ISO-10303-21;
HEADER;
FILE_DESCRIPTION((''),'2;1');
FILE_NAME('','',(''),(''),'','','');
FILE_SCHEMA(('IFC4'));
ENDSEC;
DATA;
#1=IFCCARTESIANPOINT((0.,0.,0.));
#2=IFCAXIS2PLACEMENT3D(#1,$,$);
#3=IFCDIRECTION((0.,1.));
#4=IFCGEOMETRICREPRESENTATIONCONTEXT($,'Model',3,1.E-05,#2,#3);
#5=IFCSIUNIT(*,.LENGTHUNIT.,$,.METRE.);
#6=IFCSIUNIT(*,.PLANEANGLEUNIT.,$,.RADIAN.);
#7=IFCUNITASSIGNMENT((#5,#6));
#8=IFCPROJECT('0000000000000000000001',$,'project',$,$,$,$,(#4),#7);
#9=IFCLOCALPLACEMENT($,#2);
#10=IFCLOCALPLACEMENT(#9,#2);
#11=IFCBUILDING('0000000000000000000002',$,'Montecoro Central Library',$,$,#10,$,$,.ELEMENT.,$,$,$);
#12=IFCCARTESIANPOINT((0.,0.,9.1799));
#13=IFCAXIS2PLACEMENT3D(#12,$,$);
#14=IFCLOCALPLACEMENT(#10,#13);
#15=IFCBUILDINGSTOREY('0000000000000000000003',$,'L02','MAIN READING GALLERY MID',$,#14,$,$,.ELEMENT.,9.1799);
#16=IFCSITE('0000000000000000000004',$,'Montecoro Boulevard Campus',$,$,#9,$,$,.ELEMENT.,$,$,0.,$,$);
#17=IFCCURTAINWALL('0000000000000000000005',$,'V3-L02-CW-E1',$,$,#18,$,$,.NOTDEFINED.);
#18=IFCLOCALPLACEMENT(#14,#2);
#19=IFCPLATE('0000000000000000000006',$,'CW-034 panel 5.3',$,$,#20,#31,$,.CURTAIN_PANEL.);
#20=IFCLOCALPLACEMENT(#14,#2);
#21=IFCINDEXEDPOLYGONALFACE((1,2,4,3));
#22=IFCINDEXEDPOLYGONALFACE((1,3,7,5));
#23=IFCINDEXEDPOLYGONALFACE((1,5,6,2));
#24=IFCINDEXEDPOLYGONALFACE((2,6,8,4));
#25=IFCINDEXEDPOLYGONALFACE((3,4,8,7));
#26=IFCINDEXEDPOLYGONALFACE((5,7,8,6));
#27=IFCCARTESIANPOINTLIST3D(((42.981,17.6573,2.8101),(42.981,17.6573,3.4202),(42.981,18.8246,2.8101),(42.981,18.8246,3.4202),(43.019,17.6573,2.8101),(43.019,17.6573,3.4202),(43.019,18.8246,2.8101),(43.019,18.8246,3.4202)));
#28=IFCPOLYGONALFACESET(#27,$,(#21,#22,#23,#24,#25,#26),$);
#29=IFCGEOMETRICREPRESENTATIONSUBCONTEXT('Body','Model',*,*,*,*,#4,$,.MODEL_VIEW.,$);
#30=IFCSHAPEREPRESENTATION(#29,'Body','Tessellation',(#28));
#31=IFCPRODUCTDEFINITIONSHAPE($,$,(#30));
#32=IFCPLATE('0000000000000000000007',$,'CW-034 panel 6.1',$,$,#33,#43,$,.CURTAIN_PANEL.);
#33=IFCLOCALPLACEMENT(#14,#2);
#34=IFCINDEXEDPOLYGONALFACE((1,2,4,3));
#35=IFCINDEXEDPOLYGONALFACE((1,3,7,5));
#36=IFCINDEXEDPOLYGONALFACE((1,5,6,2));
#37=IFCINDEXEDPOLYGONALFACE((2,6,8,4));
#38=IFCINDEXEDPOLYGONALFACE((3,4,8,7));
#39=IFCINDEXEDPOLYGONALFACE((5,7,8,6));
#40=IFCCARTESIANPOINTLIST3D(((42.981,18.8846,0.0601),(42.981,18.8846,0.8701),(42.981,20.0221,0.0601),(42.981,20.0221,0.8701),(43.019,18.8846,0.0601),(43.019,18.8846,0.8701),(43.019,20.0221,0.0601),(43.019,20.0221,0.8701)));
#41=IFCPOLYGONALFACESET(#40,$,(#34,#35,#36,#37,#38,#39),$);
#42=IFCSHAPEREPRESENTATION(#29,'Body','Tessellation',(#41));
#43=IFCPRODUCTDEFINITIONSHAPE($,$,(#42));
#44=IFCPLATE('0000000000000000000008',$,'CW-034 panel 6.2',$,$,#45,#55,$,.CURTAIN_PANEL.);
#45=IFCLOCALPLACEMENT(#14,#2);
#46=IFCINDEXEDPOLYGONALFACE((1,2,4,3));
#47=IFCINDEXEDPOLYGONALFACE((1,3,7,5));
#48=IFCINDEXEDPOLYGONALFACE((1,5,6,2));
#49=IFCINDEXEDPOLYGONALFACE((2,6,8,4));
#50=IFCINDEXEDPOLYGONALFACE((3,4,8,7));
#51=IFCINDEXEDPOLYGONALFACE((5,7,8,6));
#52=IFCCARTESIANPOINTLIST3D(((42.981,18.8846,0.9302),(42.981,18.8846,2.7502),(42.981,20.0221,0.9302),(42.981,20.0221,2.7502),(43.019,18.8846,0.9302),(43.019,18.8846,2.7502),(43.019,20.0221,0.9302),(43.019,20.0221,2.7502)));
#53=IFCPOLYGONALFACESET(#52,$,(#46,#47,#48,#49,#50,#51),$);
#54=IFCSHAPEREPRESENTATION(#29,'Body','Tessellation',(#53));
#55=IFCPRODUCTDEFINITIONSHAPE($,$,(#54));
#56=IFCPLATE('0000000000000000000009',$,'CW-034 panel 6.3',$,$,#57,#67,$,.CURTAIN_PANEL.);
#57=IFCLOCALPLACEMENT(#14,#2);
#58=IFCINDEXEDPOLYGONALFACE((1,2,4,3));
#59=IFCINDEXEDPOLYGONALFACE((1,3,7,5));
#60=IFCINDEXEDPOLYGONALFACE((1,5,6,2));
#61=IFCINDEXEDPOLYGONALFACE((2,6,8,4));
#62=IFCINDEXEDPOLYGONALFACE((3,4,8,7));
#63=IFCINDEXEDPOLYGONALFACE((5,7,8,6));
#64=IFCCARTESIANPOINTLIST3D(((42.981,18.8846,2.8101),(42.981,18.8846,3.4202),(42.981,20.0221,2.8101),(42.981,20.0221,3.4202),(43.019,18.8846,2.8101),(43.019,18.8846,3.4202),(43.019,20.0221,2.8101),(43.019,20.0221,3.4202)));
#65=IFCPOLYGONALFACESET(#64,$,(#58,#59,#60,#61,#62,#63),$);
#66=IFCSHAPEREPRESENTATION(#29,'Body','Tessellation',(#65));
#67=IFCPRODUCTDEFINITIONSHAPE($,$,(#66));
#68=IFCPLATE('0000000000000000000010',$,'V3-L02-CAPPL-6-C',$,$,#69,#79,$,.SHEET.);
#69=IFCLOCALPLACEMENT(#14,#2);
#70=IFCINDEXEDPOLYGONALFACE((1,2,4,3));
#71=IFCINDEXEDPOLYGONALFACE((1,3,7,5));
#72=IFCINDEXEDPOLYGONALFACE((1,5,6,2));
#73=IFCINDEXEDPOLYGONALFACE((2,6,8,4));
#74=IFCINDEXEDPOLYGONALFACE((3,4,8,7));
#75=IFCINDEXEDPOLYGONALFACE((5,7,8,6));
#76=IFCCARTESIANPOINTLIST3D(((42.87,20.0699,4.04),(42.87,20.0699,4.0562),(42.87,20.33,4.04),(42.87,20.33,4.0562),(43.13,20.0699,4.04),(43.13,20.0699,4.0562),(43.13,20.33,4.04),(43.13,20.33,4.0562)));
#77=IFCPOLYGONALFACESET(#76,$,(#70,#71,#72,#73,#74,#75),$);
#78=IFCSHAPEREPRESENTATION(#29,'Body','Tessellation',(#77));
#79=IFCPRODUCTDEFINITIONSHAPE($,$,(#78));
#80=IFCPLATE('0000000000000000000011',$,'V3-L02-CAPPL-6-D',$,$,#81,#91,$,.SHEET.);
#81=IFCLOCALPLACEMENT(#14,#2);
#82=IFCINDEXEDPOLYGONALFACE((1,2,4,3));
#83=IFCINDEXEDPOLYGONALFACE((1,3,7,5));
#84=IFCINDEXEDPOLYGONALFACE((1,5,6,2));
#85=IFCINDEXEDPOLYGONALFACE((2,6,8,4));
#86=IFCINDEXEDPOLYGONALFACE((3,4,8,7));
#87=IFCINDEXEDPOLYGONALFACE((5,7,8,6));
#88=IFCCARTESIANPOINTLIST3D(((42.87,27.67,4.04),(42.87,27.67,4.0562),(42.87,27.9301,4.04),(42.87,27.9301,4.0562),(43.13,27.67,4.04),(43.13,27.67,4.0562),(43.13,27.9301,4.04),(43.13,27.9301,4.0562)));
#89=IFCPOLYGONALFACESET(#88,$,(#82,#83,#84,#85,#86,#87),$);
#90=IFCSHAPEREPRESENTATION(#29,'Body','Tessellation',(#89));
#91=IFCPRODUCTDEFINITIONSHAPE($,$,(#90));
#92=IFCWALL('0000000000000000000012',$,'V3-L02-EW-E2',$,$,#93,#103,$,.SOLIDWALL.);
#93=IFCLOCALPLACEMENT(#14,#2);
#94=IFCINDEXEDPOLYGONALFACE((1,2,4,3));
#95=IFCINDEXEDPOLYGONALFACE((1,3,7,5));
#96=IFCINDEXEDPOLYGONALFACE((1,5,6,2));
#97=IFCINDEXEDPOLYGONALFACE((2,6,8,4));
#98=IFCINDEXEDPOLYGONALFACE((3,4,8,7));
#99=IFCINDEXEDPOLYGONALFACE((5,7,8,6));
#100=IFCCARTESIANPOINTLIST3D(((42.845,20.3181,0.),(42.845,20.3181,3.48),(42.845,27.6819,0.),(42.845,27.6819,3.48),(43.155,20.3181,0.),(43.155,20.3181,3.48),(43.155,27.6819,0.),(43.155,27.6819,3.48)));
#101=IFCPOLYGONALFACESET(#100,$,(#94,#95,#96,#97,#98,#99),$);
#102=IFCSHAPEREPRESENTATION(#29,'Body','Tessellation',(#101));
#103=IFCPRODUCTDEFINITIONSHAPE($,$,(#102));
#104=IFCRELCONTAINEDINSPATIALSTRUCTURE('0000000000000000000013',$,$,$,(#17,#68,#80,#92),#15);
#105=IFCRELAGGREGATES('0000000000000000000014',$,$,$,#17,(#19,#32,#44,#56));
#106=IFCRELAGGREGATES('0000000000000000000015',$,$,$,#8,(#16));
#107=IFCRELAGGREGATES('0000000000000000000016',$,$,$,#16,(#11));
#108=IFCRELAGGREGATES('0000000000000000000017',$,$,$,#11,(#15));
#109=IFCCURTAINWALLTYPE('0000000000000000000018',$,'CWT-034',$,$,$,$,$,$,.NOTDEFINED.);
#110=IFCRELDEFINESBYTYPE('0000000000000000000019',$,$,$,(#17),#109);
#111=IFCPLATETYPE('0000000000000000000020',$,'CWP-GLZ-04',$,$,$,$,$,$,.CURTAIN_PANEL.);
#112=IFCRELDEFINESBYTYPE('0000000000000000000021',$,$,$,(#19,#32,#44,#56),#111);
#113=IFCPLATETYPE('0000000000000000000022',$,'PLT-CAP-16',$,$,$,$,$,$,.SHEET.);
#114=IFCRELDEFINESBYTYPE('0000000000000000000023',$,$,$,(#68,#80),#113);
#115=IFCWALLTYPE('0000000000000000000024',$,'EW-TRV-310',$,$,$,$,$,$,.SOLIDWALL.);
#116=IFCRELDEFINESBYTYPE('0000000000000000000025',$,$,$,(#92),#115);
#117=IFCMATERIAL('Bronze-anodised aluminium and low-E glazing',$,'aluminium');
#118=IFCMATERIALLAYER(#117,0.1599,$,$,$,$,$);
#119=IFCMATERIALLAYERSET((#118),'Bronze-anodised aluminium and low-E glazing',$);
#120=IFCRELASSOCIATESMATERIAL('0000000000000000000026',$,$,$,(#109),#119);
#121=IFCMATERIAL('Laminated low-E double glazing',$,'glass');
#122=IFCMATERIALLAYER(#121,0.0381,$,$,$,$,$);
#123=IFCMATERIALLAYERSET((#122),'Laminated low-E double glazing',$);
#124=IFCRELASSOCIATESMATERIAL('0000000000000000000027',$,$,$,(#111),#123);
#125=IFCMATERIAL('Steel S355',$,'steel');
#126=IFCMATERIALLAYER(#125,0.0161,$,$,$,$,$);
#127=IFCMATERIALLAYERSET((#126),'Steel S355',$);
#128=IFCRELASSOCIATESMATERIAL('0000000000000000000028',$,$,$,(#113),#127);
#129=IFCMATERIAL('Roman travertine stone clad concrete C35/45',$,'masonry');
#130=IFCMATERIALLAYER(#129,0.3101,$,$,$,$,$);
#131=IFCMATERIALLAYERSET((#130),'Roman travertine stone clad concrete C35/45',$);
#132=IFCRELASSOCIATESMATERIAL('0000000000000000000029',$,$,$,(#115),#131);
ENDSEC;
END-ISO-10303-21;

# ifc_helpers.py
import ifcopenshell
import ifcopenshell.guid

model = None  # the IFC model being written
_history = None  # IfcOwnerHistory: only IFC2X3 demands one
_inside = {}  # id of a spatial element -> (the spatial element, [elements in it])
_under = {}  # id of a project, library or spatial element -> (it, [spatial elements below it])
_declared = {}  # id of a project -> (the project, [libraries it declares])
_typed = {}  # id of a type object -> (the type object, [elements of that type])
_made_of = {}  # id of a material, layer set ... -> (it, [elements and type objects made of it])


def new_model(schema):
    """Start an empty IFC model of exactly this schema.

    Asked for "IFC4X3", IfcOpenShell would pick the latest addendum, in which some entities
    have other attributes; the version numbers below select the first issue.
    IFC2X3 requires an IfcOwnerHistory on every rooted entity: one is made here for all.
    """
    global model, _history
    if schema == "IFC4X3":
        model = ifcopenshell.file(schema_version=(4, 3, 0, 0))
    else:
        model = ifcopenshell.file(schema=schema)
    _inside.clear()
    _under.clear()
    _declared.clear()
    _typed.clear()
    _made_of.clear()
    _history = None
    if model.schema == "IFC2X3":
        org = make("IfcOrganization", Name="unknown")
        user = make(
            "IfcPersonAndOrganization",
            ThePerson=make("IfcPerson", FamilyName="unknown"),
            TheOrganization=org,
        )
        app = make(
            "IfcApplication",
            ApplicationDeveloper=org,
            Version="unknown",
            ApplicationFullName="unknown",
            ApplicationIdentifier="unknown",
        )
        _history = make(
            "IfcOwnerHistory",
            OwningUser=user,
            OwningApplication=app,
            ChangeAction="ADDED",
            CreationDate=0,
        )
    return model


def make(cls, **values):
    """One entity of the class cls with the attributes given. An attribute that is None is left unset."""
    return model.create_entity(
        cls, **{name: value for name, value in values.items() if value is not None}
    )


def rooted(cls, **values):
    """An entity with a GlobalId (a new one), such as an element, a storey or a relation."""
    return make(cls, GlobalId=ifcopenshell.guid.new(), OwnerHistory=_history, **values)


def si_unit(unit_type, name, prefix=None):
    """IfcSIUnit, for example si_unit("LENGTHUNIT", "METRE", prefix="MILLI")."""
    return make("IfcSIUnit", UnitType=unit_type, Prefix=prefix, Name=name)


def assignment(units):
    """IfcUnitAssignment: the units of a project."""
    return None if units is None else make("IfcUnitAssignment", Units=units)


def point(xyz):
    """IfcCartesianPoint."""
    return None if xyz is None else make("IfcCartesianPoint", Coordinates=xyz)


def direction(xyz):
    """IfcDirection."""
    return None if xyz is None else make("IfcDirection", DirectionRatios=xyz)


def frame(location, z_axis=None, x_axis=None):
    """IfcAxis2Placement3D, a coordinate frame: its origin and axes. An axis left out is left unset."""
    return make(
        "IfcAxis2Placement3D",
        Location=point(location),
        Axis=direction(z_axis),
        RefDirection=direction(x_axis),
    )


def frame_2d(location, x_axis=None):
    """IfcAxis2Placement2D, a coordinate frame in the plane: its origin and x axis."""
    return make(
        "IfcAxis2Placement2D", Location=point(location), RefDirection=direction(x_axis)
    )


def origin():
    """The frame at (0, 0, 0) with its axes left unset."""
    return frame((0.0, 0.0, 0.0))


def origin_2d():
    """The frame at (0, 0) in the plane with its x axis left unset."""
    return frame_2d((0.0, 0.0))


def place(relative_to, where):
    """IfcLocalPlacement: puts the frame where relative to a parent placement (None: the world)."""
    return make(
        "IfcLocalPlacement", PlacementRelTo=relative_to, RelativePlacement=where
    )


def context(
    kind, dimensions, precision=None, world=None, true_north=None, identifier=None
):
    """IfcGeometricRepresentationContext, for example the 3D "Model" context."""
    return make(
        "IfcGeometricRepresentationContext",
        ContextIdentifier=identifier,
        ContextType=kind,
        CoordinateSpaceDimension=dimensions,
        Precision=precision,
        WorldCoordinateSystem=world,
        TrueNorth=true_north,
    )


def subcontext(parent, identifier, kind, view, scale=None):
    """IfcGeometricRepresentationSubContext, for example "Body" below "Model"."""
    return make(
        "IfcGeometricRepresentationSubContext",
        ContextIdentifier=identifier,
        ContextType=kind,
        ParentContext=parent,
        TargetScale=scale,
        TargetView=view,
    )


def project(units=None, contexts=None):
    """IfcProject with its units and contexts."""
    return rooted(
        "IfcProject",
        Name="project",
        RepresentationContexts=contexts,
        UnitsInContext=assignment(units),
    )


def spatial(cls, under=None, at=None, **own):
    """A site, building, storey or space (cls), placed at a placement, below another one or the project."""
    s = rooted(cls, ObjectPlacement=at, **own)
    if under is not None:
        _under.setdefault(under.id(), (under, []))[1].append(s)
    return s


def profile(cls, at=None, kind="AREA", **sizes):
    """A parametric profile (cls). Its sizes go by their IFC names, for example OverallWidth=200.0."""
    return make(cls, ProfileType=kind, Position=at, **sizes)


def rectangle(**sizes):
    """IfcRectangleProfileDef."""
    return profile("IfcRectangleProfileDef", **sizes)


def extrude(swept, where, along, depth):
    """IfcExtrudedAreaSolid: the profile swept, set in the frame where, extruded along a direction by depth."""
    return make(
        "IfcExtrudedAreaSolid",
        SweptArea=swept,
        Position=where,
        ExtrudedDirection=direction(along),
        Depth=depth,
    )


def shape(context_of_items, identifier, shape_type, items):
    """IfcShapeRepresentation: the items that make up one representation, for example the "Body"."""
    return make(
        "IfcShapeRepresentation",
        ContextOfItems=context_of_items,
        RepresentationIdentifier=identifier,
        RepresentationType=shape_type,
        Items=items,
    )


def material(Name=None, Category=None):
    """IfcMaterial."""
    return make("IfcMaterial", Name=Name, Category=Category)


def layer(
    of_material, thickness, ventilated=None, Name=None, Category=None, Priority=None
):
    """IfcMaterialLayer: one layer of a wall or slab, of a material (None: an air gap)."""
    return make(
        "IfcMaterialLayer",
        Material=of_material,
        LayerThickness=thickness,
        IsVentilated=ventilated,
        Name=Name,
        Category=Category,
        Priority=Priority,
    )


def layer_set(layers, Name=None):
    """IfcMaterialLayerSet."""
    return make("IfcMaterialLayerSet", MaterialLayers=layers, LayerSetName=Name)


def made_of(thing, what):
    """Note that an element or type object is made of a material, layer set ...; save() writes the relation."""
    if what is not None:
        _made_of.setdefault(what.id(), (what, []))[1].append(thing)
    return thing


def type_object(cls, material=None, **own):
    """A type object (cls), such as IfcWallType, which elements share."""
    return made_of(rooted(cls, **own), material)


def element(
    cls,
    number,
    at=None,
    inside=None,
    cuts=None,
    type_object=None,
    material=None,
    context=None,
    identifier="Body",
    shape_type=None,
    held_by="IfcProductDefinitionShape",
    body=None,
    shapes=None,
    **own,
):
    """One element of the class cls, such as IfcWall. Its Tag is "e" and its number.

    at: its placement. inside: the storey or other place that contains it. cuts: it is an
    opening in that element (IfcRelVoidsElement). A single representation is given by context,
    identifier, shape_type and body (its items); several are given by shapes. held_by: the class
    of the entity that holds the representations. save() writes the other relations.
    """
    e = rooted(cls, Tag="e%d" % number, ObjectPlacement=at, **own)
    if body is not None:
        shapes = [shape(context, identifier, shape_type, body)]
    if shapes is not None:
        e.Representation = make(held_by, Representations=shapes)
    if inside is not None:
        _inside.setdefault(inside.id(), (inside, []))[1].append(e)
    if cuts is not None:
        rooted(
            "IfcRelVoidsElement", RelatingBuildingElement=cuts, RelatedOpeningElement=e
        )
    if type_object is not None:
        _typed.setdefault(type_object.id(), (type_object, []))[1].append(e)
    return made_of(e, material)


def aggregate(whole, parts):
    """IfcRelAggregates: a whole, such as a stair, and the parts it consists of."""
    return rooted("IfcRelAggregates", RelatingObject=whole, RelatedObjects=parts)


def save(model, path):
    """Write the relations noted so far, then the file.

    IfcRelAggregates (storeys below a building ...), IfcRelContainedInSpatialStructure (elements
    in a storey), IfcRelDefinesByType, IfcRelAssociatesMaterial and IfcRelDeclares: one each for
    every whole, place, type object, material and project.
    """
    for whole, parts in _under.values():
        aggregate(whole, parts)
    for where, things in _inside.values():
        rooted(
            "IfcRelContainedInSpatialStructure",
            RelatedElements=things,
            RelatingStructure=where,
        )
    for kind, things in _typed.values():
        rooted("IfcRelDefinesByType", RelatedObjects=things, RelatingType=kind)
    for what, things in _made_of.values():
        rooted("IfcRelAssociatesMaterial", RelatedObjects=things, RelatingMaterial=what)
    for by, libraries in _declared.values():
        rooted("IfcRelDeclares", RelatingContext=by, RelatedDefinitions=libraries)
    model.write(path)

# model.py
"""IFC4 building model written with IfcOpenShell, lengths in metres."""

from ifc_helpers import new_model, si_unit, direction, frame, frame_2d, origin, origin_2d, place, context, subcontext, project, spatial, rectangle, extrude, material, layer, layer_set, type_object, element, aggregate, save


model = new_model("IFC4")

# Units and contexts
model_context = context("Model", 3, precision=1e-05, world=origin(), true_north=direction((0.0, 1.0)))
body_context = subcontext(model_context, "Body", "Model", "MODEL_VIEW")
ifc_project = project(units=[si_unit("LENGTHUNIT", "METRE"), si_unit("PLANEANGLEUNIT", "RADIAN")], contexts=[model_context])

# Site, building, storey
site_placement = place(None, origin())
site = spatial("IfcSite", under=ifc_project, at=site_placement, Name="Montecoro Boulevard Campus", CompositionType="ELEMENT", RefElevation=0.0)
building_placement = place(site_placement, origin())
building = spatial("IfcBuilding", under=site, at=building_placement, Name="Montecoro Central Library", CompositionType="ELEMENT")
storey_placement = place(building_placement, frame((0.0, 0.0, 9.1799)))
storey = spatial("IfcBuildingStorey", under=building, at=storey_placement, Name="L02", Description="MAIN READING GALLERY MID", CompositionType="ELEMENT", Elevation=9.1799)

# Shared definitions
ifc_material_1 = material(Name="Steel S355", Category="steel")

# Curtain wall
ifc_material_2 = material(Name="Bronze-anodised aluminium and low-E glazing", Category="aluminium")
ifc_layer_1 = layer(ifc_material_2, 0.1599)
ifc_layer_set_1 = layer_set([ifc_layer_1], Name="Bronze-anodised aluminium and low-E glazing")
curtain_wall_type = type_object("IfcCurtainWallType", Name="CWT-034", PredefinedType="NOTDEFINED", material=ifc_layer_set_1)
curtain_wall_1_placement = place(storey_placement, origin())
curtain_wall_1 = element("IfcCurtainWall", 1, at=curtain_wall_1_placement, inside=storey, type_object=curtain_wall_type, Name="V3-L02-CW-E1", PredefinedType="NOTDEFINED")

# Plates
ifc_material_3 = material(Name="Laminated low-E double glazing", Category="glass")
ifc_layer_2 = layer(ifc_material_3, 0.0381)
ifc_layer_set_2 = layer_set([ifc_layer_2], Name="Laminated low-E double glazing")
plate_type_1 = type_object("IfcPlateType", Name="CWP-GLZ-04", PredefinedType="CURTAIN_PANEL", material=ifc_layer_set_2)
plate_1_placement = place(storey_placement, frame((43.0, 18.241, 2.8101), z_axis=(0.0, 0.0, 1.0), x_axis=(0.0, 1.0, 0.0)))
plate_1 = element("IfcPlate", 2, at=plate_1_placement, type_object=plate_type_1, Name="CW-034 panel 5.3", PredefinedType="CURTAIN_PANEL", context=body_context, shape_type="SweptSolid", body=[
    extrude(rectangle(XDim=1.1672, YDim=0.0381, at=origin_2d()), origin(), (0.0, 0.0, 1.0), 0.6101),
])
plate_2_placement = place(storey_placement, frame((43.0, 19.4534, 0.0601), z_axis=(0.0, 0.0, 1.0), x_axis=(0.0, 1.0, 0.0)))
plate_2 = element("IfcPlate", 3, at=plate_2_placement, type_object=plate_type_1, Name="CW-034 panel 6.1", PredefinedType="CURTAIN_PANEL", context=body_context, shape_type="SweptSolid", body=[
    extrude(rectangle(XDim=1.1375, YDim=0.0381, at=origin_2d()), origin(), (0.0, 0.0, 1.0), 0.8101),
])
plate_3_placement = place(storey_placement, frame((43.0, 19.4534, 0.9302), z_axis=(0.0, 0.0, 1.0), x_axis=(0.0, 1.0, 0.0)))
plate_3 = element("IfcPlate", 4, at=plate_3_placement, type_object=plate_type_1, Name="CW-034 panel 6.2", PredefinedType="CURTAIN_PANEL", context=body_context, shape_type="SweptSolid", body=[
    extrude(rectangle(XDim=1.1375, YDim=0.0381, at=origin_2d()), origin(), (0.0, 0.0, 1.0), 1.8201),
])
plate_4_placement = place(storey_placement, frame((43.0, 19.4534, 2.8101), z_axis=(0.0, 0.0, 1.0), x_axis=(0.0, 1.0, 0.0)))
plate_4 = element("IfcPlate", 5, at=plate_4_placement, type_object=plate_type_1, Name="CW-034 panel 6.3", PredefinedType="CURTAIN_PANEL", context=body_context, shape_type="SweptSolid", body=[
    extrude(rectangle(XDim=1.1375, YDim=0.0381, at=origin_2d()), origin(), (0.0, 0.0, 1.0), 0.6101),
])
aggregate(curtain_wall_1, [plate_1, plate_2, plate_3, plate_4])

# Plates
ifc_layer_3 = layer(ifc_material_1, 0.0161)
ifc_layer_set_3 = layer_set([ifc_layer_3], Name="Steel S355")
plate_type_2 = type_object("IfcPlateType", Name="PLT-CAP-16", PredefinedType="SHEET", material=ifc_layer_set_3)
for number, where, z_axis, x_axis, name in (
    (6, (43.0, 20.2, 4.04), (0.0, 0.0, 1.0), (1.0, 0.0, 0.0), "V3-L02-CAPPL-6-C"),
    (7, (43.0, 27.8, 4.04), (0.0, 0.0, 1.0), (1.0, 0.0, 0.0), "V3-L02-CAPPL-6-D"),
):
    element("IfcPlate", number, at=place(storey_placement, frame(where, z_axis=z_axis, x_axis=x_axis)), inside=storey, type_object=plate_type_2, Name=name, PredefinedType="SHEET", context=body_context, shape_type="SweptSolid", body=[
        extrude(rectangle(XDim=0.26, YDim=0.26, at=origin_2d()), origin(), (0.0, 0.0, 1.0), 0.0161),
    ])

# Wall
ifc_material_4 = material(Name="Roman travertine stone clad concrete C35/45", Category="masonry")
ifc_layer_4 = layer(ifc_material_4, 0.3101)
ifc_layer_set_4 = layer_set([ifc_layer_4], Name="Roman travertine stone clad concrete C35/45")
wall_type = type_object("IfcWallType", Name="EW-TRV-310", PredefinedType="SOLIDWALL", material=ifc_layer_set_4)
wall_placement = place(storey_placement, frame((43.0, 20.3181, 0.0), z_axis=(0.0, 0.0, 1.0), x_axis=(0.0, 1.0, 0.0)))
element("IfcWall", 8, at=wall_placement, inside=storey, type_object=wall_type, Name="V3-L02-EW-E2", PredefinedType="SOLIDWALL", context=body_context, shape_type="SweptSolid", body=[
    extrude(rectangle(XDim=7.3638, YDim=0.3101, at=frame_2d((3.6819, 0.0))), origin(), (0.0, 0.0, 1.0), 3.48),
])

save(model, "model.ifc")
